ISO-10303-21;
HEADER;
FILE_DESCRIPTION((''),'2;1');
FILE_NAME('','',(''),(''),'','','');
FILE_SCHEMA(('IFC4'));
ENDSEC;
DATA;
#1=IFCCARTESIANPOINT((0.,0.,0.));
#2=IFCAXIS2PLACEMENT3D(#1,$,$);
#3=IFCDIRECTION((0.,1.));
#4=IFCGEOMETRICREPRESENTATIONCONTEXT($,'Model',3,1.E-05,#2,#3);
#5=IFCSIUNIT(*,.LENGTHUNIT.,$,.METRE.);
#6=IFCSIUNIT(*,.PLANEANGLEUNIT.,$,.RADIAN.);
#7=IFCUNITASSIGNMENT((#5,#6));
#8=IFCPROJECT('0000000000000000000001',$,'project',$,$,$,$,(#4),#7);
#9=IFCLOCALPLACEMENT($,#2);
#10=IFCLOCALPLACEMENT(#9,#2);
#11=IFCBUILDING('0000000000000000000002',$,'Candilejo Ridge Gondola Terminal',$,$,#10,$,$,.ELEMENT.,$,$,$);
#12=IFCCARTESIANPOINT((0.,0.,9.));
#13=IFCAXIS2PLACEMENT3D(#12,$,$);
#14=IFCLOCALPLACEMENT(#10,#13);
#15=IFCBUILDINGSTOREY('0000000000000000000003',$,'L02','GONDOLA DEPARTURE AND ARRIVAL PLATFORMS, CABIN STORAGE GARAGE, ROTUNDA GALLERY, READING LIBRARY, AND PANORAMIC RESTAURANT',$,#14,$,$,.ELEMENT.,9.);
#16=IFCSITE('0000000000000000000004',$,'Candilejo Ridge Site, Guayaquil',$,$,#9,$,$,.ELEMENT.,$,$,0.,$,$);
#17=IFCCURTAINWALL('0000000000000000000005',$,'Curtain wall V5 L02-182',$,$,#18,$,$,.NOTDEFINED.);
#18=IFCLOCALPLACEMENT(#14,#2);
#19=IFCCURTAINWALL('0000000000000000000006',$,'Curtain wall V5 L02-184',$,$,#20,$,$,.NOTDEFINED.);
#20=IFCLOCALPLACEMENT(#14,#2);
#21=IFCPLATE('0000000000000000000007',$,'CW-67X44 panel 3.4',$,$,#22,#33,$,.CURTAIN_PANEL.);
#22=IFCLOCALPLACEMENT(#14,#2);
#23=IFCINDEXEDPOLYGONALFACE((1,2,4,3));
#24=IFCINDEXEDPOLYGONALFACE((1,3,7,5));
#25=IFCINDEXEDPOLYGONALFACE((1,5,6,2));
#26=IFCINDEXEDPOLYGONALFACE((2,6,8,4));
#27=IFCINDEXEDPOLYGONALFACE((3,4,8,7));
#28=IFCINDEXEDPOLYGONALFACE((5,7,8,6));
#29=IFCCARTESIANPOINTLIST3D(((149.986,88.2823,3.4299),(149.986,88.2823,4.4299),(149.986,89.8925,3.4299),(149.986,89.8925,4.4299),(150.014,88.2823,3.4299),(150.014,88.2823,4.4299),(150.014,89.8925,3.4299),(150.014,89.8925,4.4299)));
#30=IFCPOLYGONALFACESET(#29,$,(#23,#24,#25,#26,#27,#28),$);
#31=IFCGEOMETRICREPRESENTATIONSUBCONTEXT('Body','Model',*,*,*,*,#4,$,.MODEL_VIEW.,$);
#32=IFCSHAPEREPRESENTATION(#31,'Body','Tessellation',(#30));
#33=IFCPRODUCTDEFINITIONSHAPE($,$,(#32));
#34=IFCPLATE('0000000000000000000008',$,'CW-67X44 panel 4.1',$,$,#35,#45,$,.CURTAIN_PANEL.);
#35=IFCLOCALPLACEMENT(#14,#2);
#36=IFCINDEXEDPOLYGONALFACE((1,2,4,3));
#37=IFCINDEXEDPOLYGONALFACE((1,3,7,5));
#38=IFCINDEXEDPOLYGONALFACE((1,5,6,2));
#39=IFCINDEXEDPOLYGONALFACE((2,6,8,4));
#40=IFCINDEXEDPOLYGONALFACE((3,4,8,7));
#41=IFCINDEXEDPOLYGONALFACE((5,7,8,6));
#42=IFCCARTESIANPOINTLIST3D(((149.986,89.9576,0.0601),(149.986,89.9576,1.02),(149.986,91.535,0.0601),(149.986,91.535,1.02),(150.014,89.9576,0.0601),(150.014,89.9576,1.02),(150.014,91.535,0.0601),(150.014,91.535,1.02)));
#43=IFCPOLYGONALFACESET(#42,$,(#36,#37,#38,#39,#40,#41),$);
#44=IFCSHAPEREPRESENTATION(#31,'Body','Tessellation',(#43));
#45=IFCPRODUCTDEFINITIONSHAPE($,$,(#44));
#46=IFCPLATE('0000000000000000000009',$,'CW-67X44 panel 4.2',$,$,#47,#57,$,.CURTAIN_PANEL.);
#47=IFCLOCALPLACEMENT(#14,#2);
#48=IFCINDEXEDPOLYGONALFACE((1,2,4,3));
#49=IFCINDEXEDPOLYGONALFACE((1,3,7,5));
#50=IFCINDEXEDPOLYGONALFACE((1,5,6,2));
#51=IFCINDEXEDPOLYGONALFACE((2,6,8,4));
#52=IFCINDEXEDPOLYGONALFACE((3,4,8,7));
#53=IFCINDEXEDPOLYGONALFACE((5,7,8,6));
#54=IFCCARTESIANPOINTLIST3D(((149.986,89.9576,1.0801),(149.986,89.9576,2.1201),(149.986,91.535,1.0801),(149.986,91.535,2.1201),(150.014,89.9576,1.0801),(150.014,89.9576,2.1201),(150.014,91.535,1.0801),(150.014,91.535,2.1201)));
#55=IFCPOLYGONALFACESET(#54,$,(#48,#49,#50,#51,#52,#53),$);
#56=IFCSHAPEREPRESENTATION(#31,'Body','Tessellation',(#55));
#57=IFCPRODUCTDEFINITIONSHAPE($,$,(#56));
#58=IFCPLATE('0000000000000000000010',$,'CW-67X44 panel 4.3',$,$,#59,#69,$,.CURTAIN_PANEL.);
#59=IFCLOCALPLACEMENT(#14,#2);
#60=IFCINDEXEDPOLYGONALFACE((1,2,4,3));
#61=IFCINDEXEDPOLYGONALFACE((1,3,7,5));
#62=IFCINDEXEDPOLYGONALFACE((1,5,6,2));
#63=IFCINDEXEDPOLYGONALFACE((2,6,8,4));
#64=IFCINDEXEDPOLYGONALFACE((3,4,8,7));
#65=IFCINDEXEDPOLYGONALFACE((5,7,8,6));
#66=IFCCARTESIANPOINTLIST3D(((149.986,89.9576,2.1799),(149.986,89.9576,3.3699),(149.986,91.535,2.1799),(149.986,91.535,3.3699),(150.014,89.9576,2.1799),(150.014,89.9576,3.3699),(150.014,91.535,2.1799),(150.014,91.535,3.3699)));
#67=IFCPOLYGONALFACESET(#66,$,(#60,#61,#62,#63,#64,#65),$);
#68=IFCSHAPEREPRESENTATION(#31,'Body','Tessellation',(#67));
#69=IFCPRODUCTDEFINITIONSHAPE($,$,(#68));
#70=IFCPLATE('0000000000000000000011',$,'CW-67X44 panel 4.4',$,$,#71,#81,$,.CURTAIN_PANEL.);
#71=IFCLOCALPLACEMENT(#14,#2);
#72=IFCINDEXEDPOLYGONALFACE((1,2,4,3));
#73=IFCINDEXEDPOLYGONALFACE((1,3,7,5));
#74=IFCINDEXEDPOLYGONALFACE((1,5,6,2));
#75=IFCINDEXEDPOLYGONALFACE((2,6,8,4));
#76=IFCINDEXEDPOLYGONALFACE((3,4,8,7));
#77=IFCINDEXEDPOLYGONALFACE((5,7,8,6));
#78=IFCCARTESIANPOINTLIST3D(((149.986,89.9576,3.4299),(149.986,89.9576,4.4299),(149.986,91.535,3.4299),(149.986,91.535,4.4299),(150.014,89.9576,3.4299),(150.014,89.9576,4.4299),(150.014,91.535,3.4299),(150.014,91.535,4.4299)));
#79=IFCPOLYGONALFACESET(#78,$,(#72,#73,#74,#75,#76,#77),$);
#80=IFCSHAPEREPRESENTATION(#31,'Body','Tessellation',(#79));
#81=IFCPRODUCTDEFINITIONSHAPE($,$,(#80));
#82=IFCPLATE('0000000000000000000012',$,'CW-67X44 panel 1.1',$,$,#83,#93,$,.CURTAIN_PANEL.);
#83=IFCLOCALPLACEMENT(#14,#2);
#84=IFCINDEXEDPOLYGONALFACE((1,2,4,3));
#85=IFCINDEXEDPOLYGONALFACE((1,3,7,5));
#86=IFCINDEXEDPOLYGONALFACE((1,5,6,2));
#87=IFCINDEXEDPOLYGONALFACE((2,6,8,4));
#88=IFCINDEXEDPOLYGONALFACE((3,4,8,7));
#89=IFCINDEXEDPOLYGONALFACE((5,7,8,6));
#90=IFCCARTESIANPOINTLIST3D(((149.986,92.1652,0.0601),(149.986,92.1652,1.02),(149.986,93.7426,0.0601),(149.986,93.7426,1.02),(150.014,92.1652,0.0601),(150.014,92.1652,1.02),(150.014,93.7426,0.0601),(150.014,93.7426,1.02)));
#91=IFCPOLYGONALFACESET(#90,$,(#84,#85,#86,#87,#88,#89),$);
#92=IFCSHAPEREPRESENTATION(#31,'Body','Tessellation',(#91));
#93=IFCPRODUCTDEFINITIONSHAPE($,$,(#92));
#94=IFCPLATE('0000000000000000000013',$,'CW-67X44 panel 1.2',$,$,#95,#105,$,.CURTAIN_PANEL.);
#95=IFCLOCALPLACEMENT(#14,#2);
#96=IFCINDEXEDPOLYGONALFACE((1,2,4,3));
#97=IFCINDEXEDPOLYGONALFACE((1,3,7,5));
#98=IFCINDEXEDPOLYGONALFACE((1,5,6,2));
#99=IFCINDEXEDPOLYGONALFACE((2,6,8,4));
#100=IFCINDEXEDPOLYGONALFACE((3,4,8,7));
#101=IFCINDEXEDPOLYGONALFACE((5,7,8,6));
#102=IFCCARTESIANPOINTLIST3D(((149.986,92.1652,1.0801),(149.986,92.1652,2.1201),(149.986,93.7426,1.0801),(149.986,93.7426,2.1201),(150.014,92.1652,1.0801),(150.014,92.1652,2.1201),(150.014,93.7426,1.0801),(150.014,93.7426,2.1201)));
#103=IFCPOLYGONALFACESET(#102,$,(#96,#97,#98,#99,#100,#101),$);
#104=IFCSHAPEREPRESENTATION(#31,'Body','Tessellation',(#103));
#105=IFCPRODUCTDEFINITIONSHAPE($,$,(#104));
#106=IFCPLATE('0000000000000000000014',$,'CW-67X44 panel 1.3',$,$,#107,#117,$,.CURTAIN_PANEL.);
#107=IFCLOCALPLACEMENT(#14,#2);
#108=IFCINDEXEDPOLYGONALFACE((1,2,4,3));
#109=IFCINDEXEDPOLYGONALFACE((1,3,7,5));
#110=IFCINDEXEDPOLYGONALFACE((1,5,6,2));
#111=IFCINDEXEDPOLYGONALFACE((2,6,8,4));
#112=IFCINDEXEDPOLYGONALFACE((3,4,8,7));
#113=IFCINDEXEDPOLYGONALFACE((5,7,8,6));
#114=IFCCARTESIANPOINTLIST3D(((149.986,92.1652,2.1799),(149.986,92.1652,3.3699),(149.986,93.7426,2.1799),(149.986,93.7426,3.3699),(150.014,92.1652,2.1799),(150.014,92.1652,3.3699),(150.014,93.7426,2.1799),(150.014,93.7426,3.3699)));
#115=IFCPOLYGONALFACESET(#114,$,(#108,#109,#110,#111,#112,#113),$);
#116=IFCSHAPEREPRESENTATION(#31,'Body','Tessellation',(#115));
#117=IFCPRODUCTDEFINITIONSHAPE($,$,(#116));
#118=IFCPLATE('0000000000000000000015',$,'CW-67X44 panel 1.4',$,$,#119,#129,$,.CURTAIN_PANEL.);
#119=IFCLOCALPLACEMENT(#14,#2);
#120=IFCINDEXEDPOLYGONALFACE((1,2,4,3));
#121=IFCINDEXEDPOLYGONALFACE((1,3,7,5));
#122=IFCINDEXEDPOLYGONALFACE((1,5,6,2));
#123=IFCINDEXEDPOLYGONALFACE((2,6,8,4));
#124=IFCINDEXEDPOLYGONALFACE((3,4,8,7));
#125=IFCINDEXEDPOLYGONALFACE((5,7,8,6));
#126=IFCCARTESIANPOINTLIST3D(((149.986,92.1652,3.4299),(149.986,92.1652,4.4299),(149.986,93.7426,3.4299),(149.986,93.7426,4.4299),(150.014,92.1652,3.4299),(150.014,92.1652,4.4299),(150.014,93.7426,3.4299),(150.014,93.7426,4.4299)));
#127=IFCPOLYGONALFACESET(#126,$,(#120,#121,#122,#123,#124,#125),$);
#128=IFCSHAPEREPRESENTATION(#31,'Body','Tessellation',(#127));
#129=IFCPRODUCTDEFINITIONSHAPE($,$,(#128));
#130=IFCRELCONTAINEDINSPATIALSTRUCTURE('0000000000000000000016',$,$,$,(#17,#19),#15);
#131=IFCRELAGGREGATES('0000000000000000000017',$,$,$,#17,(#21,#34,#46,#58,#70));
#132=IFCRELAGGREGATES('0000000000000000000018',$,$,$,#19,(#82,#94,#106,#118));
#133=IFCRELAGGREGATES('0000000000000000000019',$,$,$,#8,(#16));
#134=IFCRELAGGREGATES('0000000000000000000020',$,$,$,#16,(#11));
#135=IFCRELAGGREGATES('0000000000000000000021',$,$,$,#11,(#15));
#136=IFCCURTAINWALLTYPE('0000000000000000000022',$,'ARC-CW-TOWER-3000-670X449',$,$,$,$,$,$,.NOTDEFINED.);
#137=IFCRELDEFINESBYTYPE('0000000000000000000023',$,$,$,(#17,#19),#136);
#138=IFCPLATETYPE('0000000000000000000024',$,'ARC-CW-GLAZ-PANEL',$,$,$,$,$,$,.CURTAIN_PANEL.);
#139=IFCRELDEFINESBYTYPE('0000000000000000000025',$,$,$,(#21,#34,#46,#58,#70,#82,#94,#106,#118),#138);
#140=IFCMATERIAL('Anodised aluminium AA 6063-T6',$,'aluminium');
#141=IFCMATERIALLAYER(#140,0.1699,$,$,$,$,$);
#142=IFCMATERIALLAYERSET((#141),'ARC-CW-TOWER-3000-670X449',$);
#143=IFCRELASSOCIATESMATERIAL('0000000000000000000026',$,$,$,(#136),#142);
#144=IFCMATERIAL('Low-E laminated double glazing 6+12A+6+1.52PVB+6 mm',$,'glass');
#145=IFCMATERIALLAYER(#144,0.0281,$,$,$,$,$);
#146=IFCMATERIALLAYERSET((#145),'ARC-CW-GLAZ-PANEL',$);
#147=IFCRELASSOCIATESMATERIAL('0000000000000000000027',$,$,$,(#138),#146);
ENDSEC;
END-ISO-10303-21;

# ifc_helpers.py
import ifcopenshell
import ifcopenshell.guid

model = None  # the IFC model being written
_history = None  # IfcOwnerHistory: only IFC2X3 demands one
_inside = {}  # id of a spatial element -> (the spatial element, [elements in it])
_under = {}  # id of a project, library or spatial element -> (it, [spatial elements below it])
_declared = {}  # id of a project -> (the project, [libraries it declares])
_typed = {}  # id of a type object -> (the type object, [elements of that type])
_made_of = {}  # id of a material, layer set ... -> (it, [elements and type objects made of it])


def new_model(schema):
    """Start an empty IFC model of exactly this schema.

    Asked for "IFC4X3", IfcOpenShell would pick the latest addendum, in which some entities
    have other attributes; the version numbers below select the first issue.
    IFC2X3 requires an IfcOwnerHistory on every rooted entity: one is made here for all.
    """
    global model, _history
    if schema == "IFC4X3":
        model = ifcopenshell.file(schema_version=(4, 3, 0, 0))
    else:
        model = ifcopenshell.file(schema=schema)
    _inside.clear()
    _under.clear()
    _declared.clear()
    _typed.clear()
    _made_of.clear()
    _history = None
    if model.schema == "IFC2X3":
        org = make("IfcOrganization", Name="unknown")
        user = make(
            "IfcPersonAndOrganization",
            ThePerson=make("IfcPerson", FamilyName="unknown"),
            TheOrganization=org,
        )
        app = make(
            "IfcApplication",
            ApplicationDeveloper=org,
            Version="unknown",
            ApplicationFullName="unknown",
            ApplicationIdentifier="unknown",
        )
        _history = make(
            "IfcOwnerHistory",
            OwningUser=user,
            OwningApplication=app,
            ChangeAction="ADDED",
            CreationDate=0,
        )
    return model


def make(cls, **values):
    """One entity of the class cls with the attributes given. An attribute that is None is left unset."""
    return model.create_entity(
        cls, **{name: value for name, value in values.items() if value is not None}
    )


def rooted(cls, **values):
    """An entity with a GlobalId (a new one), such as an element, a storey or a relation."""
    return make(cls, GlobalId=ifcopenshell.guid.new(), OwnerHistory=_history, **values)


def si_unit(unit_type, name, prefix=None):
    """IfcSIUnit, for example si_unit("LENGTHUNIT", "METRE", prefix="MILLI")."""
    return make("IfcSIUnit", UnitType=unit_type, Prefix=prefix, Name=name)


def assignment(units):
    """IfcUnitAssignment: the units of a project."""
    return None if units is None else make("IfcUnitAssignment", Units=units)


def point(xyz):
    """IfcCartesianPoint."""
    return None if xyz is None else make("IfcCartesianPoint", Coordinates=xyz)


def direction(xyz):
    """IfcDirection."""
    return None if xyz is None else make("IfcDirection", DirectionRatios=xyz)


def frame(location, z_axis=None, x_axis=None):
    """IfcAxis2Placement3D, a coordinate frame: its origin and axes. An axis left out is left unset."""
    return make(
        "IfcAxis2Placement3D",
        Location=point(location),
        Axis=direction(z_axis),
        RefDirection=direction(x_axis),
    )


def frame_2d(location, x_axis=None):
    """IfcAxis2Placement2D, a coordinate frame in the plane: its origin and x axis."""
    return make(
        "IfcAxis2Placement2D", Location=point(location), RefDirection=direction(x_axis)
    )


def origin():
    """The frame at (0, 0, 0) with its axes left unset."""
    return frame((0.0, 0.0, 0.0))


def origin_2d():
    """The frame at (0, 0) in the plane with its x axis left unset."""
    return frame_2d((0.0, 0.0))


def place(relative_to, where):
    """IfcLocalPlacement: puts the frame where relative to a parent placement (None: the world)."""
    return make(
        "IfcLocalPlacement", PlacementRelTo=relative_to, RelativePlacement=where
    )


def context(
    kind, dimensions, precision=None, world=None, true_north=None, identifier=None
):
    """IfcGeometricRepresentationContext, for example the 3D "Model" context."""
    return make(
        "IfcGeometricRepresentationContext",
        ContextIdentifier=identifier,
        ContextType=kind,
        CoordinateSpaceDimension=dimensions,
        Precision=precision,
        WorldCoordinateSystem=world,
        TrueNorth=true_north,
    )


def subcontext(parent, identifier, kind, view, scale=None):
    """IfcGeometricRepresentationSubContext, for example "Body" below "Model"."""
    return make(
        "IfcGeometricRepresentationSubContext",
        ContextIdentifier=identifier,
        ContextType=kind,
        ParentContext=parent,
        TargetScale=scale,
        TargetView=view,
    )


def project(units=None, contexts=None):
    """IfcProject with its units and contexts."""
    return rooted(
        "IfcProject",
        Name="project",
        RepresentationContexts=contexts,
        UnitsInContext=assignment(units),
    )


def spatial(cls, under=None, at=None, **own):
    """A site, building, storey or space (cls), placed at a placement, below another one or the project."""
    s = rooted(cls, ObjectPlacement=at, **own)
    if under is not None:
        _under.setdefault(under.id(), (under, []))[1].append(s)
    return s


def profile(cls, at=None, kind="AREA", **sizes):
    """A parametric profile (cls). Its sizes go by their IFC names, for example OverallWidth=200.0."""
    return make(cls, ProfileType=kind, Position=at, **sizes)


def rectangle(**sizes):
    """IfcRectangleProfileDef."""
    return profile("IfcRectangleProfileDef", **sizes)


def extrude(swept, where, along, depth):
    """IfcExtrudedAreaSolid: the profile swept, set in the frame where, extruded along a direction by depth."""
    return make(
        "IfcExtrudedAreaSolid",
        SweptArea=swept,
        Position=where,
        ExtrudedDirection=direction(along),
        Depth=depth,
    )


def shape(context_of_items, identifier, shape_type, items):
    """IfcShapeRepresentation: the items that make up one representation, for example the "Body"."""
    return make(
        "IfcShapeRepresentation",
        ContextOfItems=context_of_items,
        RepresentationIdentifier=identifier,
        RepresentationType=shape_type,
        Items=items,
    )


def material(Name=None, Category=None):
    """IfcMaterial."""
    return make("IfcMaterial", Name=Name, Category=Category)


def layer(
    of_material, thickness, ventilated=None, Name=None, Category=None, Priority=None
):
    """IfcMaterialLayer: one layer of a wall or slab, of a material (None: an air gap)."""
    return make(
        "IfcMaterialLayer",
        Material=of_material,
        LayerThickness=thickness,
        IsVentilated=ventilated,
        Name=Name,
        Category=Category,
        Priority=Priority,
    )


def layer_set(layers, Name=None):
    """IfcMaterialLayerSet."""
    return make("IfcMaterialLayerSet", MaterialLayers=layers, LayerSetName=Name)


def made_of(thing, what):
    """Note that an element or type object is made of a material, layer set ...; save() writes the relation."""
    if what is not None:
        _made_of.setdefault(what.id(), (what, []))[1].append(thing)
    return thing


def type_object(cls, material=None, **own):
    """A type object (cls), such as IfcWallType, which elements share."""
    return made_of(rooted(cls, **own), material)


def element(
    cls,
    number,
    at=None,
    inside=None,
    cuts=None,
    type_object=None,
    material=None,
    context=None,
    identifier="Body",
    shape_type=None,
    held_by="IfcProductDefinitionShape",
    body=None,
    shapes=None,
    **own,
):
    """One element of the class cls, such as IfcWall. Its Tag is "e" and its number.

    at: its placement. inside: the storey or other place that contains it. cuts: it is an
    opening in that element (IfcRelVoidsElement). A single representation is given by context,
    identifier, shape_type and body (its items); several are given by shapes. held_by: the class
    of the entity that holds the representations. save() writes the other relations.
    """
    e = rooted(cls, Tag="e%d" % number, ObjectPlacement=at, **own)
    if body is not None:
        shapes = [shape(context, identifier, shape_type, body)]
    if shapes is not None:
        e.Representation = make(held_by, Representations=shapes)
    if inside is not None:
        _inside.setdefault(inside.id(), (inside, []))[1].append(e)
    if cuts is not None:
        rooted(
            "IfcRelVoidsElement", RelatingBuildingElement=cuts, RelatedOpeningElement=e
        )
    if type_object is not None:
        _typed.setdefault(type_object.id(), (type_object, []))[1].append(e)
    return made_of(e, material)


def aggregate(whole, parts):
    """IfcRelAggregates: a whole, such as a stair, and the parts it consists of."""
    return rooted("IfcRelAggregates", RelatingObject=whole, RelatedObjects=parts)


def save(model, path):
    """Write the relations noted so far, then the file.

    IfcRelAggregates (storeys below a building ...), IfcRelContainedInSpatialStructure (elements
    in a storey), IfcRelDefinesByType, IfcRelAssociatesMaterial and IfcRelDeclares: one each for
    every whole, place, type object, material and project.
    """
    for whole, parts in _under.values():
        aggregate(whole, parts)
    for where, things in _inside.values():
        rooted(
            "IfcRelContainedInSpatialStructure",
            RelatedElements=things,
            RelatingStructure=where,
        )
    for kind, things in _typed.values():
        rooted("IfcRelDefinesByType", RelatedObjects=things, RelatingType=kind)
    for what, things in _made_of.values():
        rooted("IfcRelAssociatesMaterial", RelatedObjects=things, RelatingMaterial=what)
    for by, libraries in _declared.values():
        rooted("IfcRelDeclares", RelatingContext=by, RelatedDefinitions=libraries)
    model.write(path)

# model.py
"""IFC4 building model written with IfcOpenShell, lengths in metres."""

from ifc_helpers import new_model, si_unit, direction, frame, origin, origin_2d, place, context, subcontext, project, spatial, rectangle, extrude, material, layer, layer_set, type_object, element, aggregate, save


model = new_model("IFC4")

# Units and contexts
model_context = context("Model", 3, precision=1e-05, world=origin(), true_north=direction((0.0, 1.0)))
body_context = subcontext(model_context, "Body", "Model", "MODEL_VIEW")
ifc_project = project(units=[si_unit("LENGTHUNIT", "METRE"), si_unit("PLANEANGLEUNIT", "RADIAN")], contexts=[model_context])

# Site, building, storey
site_placement = place(None, origin())
site = spatial("IfcSite", under=ifc_project, at=site_placement, Name="Candilejo Ridge Site, Guayaquil", CompositionType="ELEMENT", RefElevation=0.0)
building_placement = place(site_placement, origin())
building = spatial("IfcBuilding", under=site, at=building_placement, Name="Candilejo Ridge Gondola Terminal", CompositionType="ELEMENT")
storey_placement = place(building_placement, frame((0.0, 0.0, 9.0)))
storey = spatial("IfcBuildingStorey", under=building, at=storey_placement, Name="L02", Description="GONDOLA DEPARTURE AND ARRIVAL PLATFORMS, CABIN STORAGE GARAGE, ROTUNDA GALLERY, READING LIBRARY, AND PANORAMIC RESTAURANT", CompositionType="ELEMENT", Elevation=9.0)

# Curtain walls
ifc_material_1 = material(Name="Anodised aluminium AA 6063-T6", Category="aluminium")
ifc_layer_1 = layer(ifc_material_1, 0.1699)
ifc_layer_set_1 = layer_set([ifc_layer_1], Name="ARC-CW-TOWER-3000-670X449")
curtain_wall_type = type_object("IfcCurtainWallType", Name="ARC-CW-TOWER-3000-670X449", PredefinedType="NOTDEFINED", material=ifc_layer_set_1)
curtain_wall_1_placement = place(storey_placement, origin())
curtain_wall_1 = element("IfcCurtainWall", 1, at=curtain_wall_1_placement, inside=storey, type_object=curtain_wall_type, Name="Curtain wall V5 L02-182", PredefinedType="NOTDEFINED")
curtain_wall_2_placement = place(storey_placement, origin())
curtain_wall_2 = element("IfcCurtainWall", 2, at=curtain_wall_2_placement, inside=storey, type_object=curtain_wall_type, Name="Curtain wall V5 L02-184", PredefinedType="NOTDEFINED")

# Plates
ifc_material_2 = material(Name="Low-E laminated double glazing 6+12A+6+1.52PVB+6 mm", Category="glass")
ifc_layer_2 = layer(ifc_material_2, 0.0281)
ifc_layer_set_2 = layer_set([ifc_layer_2], Name="ARC-CW-GLAZ-PANEL")
plate_type = type_object("IfcPlateType", Name="ARC-CW-GLAZ-PANEL", PredefinedType="CURTAIN_PANEL", material=ifc_layer_set_2)
plate_1_placement = place(storey_placement, frame((150.0, 89.0874, 3.4299), z_axis=(0.0, 0.0, 1.0), x_axis=(0.0, 1.0, 0.0)))
plate_1 = element("IfcPlate", 3, at=plate_1_placement, type_object=plate_type, Name="CW-67X44 panel 3.4", PredefinedType="CURTAIN_PANEL", context=body_context, shape_type="SweptSolid", body=[
    extrude(rectangle(XDim=1.6101, YDim=0.0281, at=origin_2d()), origin(), (0.0, 0.0, 1.0), 1.0),
])
plate_2_placement = place(storey_placement, frame((150.0, 90.7463, 0.0601), z_axis=(0.0, 0.0, 1.0), x_axis=(0.0, 1.0, 0.0)))
plate_2 = element("IfcPlate", 4, at=plate_2_placement, type_object=plate_type, Name="CW-67X44 panel 4.1", PredefinedType="CURTAIN_PANEL", context=body_context, shape_type="SweptSolid", body=[
    extrude(rectangle(XDim=1.5774, YDim=0.0281, at=origin_2d()), origin(), (0.0, 0.0, 1.0), 0.96),
])
plate_3_placement = place(storey_placement, frame((150.0, 90.7463, 1.0801), z_axis=(0.0, 0.0, 1.0), x_axis=(0.0, 1.0, 0.0)))
plate_3 = element("IfcPlate", 5, at=plate_3_placement, type_object=plate_type, Name="CW-67X44 panel 4.2", PredefinedType="CURTAIN_PANEL", context=body_context, shape_type="SweptSolid", body=[
    extrude(rectangle(XDim=1.5774, YDim=0.0281, at=origin_2d()), origin(), (0.0, 0.0, 1.0), 1.04),
])
plate_4_placement = place(storey_placement, frame((150.0, 90.7463, 2.1799), z_axis=(0.0, 0.0, 1.0), x_axis=(0.0, 1.0, 0.0)))
plate_4 = element("IfcPlate", 6, at=plate_4_placement, type_object=plate_type, Name="CW-67X44 panel 4.3", PredefinedType="CURTAIN_PANEL", context=body_context, shape_type="SweptSolid", body=[
    extrude(rectangle(XDim=1.5774, YDim=0.0281, at=origin_2d()), origin(), (0.0, 0.0, 1.0), 1.1899),
])
plate_5_placement = place(storey_placement, frame((150.0, 90.7463, 3.4299), z_axis=(0.0, 0.0, 1.0), x_axis=(0.0, 1.0, 0.0)))
plate_5 = element("IfcPlate", 7, at=plate_5_placement, type_object=plate_type, Name="CW-67X44 panel 4.4", PredefinedType="CURTAIN_PANEL", context=body_context, shape_type="SweptSolid", body=[
    extrude(rectangle(XDim=1.5774, YDim=0.0281, at=origin_2d()), origin(), (0.0, 0.0, 1.0), 1.0),
])
aggregate(curtain_wall_1, [plate_1, plate_2, plate_3, plate_4, plate_5])
plate_6_placement = place(storey_placement, frame((150.0, 92.9539, 0.0601), z_axis=(0.0, 0.0, 1.0), x_axis=(0.0, 1.0, 0.0)))
plate_6 = element("IfcPlate", 8, at=plate_6_placement, type_object=plate_type, Name="CW-67X44 panel 1.1", PredefinedType="CURTAIN_PANEL", context=body_context, shape_type="SweptSolid", body=[
    extrude(rectangle(XDim=1.5774, YDim=0.0281, at=origin_2d()), origin(), (0.0, 0.0, 1.0), 0.96),
])
plate_7_placement = place(storey_placement, frame((150.0, 92.9539, 1.0801), z_axis=(0.0, 0.0, 1.0), x_axis=(0.0, 1.0, 0.0)))
plate_7 = element("IfcPlate", 9, at=plate_7_placement, type_object=plate_type, Name="CW-67X44 panel 1.2", PredefinedType="CURTAIN_PANEL", context=body_context, shape_type="SweptSolid", body=[
    extrude(rectangle(XDim=1.5774, YDim=0.0281, at=origin_2d()), origin(), (0.0, 0.0, 1.0), 1.04),
])
plate_8_placement = place(storey_placement, frame((150.0, 92.9539, 2.1799), z_axis=(0.0, 0.0, 1.0), x_axis=(0.0, 1.0, 0.0)))
plate_8 = element("IfcPlate", 10, at=plate_8_placement, type_object=plate_type, Name="CW-67X44 panel 1.3", PredefinedType="CURTAIN_PANEL", context=body_context, shape_type="SweptSolid", body=[
    extrude(rectangle(XDim=1.5774, YDim=0.0281, at=origin_2d()), origin(), (0.0, 0.0, 1.0), 1.1899),
])
plate_9_placement = place(storey_placement, frame((150.0, 92.9539, 3.4299), z_axis=(0.0, 0.0, 1.0), x_axis=(0.0, 1.0, 0.0)))
plate_9 = element("IfcPlate", 11, at=plate_9_placement, type_object=plate_type, Name="CW-67X44 panel 1.4", PredefinedType="CURTAIN_PANEL", context=body_context, shape_type="SweptSolid", body=[
    extrude(rectangle(XDim=1.5774, YDim=0.0281, at=origin_2d()), origin(), (0.0, 0.0, 1.0), 1.0),
])
aggregate(curtain_wall_2, [plate_6, plate_7, plate_8, plate_9])

save(model, "model.ifc")
